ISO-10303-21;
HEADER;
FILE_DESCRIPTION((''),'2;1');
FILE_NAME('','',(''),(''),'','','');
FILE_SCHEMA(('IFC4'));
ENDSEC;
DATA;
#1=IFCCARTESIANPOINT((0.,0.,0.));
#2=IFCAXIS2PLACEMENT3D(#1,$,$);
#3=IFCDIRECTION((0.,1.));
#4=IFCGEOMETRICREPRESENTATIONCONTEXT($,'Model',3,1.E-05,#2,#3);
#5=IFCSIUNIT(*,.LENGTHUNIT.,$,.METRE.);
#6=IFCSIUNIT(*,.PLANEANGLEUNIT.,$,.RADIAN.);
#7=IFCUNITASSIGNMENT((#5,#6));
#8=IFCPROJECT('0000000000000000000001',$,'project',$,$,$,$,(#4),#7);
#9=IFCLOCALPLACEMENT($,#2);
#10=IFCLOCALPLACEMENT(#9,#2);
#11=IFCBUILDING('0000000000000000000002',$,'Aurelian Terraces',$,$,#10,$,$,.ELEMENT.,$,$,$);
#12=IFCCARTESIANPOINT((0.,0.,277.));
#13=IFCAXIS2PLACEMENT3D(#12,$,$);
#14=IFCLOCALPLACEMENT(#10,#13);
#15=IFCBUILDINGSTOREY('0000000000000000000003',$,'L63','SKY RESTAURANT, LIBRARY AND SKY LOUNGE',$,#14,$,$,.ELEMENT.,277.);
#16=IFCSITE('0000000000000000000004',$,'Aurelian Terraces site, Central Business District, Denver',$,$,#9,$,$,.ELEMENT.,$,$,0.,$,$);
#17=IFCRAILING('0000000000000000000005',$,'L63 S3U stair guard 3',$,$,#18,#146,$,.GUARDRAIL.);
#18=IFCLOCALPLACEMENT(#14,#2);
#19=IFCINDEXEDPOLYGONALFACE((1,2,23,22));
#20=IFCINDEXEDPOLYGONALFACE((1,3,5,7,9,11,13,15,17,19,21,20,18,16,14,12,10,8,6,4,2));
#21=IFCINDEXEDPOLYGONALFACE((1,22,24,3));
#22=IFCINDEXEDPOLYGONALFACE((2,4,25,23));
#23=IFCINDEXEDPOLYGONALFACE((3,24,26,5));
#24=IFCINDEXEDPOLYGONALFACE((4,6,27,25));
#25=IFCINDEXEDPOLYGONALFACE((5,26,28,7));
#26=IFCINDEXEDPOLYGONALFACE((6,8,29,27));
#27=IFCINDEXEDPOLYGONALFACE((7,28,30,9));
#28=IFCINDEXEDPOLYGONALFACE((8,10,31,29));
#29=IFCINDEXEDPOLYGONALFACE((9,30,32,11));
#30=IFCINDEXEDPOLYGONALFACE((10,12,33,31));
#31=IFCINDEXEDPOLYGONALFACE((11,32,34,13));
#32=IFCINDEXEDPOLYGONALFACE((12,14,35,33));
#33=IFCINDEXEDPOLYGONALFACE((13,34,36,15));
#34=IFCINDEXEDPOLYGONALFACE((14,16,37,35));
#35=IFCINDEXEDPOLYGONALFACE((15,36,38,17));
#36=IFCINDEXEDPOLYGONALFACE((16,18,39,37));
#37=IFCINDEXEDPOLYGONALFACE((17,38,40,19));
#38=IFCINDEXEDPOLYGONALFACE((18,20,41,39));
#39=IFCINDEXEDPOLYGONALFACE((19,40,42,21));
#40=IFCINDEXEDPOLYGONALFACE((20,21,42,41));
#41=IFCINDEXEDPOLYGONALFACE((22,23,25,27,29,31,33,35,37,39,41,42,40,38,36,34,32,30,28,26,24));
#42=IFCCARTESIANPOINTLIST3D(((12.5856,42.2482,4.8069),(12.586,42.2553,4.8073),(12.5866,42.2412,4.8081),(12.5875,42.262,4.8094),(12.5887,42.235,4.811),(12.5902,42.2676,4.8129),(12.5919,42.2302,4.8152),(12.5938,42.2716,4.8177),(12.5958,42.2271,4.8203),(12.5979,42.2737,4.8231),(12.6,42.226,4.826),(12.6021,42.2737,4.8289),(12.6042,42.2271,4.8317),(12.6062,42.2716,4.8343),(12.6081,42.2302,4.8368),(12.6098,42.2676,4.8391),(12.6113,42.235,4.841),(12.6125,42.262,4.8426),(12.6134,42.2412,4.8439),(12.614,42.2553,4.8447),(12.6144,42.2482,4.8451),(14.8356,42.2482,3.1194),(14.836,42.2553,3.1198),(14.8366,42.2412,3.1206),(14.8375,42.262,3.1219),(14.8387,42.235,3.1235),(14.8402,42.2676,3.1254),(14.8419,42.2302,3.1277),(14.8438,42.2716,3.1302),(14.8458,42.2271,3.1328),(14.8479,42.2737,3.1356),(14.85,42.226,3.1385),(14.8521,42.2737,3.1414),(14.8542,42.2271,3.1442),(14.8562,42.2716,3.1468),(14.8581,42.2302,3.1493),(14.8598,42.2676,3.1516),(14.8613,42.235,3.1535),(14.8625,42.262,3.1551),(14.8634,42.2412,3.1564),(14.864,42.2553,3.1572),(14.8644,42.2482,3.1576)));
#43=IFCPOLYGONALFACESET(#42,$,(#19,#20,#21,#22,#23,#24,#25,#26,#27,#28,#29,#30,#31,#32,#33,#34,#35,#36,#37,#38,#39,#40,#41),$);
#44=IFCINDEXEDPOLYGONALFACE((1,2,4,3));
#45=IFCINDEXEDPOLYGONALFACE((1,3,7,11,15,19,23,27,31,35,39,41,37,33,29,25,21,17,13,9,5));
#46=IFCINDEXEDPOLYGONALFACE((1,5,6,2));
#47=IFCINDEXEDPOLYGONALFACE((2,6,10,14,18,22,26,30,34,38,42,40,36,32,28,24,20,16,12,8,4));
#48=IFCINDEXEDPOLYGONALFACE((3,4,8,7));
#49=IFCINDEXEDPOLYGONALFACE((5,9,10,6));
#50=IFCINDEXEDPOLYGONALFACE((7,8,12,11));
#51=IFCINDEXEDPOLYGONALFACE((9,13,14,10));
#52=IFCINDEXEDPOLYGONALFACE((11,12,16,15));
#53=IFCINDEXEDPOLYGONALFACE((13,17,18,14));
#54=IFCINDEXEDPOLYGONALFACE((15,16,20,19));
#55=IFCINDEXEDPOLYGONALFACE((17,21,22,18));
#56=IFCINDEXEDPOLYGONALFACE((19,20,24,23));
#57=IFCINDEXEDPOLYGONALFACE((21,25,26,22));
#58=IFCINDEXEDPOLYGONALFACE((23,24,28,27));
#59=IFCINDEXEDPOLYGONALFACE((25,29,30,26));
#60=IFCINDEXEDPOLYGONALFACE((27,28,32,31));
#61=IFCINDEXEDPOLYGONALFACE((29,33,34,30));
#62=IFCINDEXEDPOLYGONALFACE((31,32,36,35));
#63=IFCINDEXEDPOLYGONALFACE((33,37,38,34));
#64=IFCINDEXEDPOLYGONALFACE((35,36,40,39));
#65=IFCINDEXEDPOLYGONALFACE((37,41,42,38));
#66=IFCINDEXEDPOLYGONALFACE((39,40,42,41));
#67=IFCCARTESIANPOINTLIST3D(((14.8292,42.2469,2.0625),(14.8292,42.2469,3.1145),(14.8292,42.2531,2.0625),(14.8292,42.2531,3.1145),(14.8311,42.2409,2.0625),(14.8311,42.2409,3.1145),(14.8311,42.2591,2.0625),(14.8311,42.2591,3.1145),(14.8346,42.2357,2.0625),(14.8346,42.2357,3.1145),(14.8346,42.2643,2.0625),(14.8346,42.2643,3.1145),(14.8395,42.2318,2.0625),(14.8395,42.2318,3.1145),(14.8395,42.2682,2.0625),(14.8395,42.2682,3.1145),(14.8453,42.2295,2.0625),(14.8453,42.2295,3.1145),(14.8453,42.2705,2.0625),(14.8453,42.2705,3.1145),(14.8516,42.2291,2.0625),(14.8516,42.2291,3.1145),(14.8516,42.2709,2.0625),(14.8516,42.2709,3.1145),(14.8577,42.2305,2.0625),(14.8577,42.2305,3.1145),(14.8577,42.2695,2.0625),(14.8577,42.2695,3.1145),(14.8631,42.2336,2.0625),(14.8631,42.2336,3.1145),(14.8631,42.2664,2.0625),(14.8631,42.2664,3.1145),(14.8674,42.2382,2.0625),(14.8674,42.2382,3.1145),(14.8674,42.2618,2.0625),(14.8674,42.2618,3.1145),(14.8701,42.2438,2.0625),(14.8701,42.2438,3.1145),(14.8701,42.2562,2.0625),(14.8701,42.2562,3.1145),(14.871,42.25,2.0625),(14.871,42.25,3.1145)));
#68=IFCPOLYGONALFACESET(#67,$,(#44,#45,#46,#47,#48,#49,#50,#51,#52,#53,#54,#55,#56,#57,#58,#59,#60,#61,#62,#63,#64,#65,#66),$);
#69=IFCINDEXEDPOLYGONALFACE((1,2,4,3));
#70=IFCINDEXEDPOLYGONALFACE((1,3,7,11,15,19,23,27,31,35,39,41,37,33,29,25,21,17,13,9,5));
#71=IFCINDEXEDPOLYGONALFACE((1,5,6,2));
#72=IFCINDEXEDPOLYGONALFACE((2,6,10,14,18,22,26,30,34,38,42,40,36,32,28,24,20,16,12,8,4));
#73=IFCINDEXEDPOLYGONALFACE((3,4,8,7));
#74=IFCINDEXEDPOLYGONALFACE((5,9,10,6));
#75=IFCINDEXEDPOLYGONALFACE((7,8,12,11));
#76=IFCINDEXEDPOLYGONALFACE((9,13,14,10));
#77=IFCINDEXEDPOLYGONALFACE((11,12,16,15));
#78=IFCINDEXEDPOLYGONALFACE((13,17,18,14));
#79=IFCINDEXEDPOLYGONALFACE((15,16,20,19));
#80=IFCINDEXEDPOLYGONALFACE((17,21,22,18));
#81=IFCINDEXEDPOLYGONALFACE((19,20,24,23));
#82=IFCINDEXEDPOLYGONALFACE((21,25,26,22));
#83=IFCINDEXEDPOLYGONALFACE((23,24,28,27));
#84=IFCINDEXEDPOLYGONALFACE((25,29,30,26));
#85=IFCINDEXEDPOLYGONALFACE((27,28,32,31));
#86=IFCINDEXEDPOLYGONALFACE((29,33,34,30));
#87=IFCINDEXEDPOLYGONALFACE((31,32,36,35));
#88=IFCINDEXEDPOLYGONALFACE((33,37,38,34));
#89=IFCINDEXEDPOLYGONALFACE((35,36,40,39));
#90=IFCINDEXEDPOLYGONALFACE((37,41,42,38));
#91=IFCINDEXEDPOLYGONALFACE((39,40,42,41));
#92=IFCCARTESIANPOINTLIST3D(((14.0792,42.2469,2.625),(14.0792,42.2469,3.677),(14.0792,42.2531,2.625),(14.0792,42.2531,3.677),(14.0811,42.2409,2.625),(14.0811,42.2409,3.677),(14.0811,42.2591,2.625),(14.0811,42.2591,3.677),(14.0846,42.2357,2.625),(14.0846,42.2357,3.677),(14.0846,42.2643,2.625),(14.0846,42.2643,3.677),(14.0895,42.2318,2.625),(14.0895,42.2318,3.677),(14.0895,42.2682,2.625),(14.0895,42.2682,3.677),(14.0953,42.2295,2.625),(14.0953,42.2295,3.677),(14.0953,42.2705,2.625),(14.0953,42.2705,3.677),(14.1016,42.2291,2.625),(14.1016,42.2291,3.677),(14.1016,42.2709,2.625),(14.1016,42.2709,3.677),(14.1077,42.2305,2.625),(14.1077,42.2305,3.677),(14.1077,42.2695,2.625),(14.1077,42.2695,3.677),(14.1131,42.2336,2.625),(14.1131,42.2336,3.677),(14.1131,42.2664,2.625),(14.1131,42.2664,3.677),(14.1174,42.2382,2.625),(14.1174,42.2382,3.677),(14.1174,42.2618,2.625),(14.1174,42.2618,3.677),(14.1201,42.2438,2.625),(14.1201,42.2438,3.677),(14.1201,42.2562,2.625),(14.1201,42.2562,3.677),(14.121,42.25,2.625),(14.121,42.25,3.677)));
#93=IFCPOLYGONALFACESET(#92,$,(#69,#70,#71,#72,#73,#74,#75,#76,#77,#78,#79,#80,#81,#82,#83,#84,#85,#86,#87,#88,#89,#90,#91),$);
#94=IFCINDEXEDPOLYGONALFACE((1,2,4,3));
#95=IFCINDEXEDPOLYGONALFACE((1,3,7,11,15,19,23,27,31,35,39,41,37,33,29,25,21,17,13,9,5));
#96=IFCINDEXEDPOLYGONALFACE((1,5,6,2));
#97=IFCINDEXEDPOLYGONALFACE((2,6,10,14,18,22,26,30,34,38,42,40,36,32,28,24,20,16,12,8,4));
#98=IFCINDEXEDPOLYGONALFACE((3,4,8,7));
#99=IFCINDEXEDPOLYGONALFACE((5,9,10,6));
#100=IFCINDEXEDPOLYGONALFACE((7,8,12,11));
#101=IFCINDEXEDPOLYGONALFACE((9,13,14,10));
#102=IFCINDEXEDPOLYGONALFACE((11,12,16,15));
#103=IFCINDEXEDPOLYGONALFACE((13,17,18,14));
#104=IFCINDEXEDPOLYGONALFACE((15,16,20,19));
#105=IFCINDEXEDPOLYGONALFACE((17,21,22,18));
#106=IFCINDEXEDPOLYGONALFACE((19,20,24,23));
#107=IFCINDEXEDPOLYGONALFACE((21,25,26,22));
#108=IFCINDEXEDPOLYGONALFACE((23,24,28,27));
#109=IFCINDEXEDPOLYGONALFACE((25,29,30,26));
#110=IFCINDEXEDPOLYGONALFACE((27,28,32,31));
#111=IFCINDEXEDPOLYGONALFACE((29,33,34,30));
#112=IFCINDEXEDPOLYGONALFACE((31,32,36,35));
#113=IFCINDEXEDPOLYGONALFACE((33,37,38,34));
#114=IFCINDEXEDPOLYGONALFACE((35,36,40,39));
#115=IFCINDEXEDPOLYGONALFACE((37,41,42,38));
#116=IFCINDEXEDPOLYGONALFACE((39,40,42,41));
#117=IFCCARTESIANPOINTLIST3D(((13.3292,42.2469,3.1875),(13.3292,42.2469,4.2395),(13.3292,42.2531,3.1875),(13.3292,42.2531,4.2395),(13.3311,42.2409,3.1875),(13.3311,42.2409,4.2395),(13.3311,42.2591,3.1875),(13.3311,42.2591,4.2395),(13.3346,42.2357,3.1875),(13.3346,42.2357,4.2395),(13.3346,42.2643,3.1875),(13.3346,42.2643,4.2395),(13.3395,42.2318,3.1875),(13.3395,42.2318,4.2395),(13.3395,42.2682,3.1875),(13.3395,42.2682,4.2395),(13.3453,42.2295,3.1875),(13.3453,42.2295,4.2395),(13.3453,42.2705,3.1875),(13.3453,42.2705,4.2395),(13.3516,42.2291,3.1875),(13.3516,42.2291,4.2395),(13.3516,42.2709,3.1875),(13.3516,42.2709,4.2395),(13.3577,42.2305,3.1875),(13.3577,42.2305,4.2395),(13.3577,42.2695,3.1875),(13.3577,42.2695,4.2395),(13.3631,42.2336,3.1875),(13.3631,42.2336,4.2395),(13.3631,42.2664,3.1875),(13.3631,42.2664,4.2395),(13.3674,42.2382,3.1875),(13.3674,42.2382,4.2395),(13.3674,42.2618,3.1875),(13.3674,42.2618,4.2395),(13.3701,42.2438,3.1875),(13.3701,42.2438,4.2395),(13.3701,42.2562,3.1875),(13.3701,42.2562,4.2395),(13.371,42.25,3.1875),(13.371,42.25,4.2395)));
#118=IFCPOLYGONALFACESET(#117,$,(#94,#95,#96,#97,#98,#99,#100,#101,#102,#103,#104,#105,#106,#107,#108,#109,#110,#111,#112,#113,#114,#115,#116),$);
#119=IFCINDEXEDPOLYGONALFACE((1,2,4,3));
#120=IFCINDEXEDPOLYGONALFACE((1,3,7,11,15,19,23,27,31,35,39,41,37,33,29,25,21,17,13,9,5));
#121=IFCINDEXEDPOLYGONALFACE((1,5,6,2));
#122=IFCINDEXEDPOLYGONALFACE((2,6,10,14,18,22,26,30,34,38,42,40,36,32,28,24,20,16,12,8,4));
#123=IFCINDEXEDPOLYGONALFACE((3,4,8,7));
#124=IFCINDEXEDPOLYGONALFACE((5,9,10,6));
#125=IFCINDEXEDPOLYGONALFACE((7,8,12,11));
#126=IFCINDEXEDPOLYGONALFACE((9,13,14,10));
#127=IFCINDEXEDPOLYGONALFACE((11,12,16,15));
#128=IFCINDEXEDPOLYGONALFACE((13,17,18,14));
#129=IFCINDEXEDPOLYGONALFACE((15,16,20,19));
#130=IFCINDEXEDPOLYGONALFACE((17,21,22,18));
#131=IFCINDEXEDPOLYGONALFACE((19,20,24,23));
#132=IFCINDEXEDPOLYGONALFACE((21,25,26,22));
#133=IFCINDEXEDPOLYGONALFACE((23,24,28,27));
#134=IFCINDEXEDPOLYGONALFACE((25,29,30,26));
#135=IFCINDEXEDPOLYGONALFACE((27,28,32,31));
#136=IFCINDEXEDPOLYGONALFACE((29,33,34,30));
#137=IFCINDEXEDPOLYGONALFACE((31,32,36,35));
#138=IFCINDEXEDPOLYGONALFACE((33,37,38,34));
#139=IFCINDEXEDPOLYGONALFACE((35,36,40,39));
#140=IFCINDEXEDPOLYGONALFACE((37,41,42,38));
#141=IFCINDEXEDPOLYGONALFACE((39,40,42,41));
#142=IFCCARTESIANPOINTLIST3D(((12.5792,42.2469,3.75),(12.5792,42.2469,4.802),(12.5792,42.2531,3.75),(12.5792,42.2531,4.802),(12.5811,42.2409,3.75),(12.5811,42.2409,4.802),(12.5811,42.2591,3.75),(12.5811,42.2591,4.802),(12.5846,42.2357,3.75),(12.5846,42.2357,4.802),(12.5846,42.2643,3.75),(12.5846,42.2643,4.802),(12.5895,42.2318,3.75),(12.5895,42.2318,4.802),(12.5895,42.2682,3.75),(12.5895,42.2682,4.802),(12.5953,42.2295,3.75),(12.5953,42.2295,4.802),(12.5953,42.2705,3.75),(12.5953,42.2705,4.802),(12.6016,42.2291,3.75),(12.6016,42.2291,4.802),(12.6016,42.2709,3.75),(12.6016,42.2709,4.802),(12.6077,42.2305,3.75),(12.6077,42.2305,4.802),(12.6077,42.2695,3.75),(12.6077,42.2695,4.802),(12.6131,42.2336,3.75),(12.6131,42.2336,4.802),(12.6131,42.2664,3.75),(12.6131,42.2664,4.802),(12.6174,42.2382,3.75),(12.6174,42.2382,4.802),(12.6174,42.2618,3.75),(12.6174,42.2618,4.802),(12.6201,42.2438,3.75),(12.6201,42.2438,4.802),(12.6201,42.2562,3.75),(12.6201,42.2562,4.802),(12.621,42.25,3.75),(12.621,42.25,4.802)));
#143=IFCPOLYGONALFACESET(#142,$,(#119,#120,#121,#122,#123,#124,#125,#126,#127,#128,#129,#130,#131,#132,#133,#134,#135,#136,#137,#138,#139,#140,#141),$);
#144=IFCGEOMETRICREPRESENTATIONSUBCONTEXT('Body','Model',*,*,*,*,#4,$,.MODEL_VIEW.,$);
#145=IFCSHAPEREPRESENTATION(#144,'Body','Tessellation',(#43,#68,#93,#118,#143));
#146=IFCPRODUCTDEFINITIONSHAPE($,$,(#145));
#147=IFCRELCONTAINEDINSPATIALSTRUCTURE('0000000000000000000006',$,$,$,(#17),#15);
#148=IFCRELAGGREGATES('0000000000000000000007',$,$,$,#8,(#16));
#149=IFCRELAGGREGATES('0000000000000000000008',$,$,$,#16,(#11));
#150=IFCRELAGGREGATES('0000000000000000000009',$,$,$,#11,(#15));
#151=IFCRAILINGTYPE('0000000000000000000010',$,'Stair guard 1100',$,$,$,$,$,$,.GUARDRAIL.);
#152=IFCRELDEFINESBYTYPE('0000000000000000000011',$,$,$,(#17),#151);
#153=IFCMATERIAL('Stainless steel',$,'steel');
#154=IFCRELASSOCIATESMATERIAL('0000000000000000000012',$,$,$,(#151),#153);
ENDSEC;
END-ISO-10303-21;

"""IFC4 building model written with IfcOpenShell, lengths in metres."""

from ifc_helpers import new_model, si_unit, direction, frame, origin, origin_2d, place, context, subcontext, project, spatial, circle, extrude, source, transform, mapped, material, type_object, element, save


model = new_model("IFC4")

# Units and contexts
model_context = context("Model", 3, precision=1e-05, world=origin(), true_north=direction((0.0, 1.0)))
body_context = subcontext(model_context, "Body", "Model", "MODEL_VIEW")
ifc_project = project(units=[si_unit("LENGTHUNIT", "METRE"), si_unit("PLANEANGLEUNIT", "RADIAN")], contexts=[model_context])

# Site, building, storey
site_placement = place(None, origin())
site = spatial("IfcSite", under=ifc_project, at=site_placement, Name="Aurelian Terraces site, Central Business District, Denver", CompositionType="ELEMENT", RefElevation=0.0)
building_placement = place(site_placement, origin())
building = spatial("IfcBuilding", under=site, at=building_placement, Name="Aurelian Terraces", CompositionType="ELEMENT")
storey_placement = place(building_placement, frame((0.0, 0.0, 277.0)))
storey = spatial("IfcBuildingStorey", under=building, at=storey_placement, Name="L63", Description="SKY RESTAURANT, LIBRARY AND SKY LOUNGE", CompositionType="ELEMENT", Elevation=277.0)

# Railing
ifc_material_1 = material(Name="Stainless steel", Category="steel")
railing_type_1 = type_object("IfcRailingType", Name="Stair guard 1100", PredefinedType="GUARDRAIL", material=ifc_material_1)
shared_shape_1 = source(origin(), body_context, "Body", "SweptSolid", [
    extrude(circle(Radius=0.024, at=origin_2d()), frame((0.0, 0.0, 1.076), z_axis=(-0.8, 0.0, 0.6), x_axis=(0.0, -1.0, 0.0)), (0.0, 0.0, 1.0), 2.8125),
    extrude(circle(Radius=0.021, at=origin_2d()), origin(), (0.0, 0.0, 1.0), 1.052),
    extrude(circle(Radius=0.021, at=origin_2d()), frame((-0.75, 0.0, 0.5625)), (0.0, 0.0, 1.0), 1.052),
    extrude(circle(Radius=0.021, at=origin_2d()), frame((-1.5, 0.0, 1.125)), (0.0, 0.0, 1.0), 1.052),
    extrude(circle(Radius=0.021, at=origin_2d()), frame((-2.25, 0.0, 1.6875)), (0.0, 0.0, 1.0), 1.052),
])
railing_1_placement = place(storey_placement, frame((14.85, 42.25, 2.0625)))
element("IfcRailing", 1, at=railing_1_placement, inside=storey, type_object=railing_type_1, Name="L63 S3U stair guard 3", PredefinedType="GUARDRAIL", context=body_context, shape_type="MappedRepresentation", body=[
    mapped(shared_shape_1, transform((0.0, 0.0, 0.0), scale=1.0)),
])

save(model, "model.ifc")
